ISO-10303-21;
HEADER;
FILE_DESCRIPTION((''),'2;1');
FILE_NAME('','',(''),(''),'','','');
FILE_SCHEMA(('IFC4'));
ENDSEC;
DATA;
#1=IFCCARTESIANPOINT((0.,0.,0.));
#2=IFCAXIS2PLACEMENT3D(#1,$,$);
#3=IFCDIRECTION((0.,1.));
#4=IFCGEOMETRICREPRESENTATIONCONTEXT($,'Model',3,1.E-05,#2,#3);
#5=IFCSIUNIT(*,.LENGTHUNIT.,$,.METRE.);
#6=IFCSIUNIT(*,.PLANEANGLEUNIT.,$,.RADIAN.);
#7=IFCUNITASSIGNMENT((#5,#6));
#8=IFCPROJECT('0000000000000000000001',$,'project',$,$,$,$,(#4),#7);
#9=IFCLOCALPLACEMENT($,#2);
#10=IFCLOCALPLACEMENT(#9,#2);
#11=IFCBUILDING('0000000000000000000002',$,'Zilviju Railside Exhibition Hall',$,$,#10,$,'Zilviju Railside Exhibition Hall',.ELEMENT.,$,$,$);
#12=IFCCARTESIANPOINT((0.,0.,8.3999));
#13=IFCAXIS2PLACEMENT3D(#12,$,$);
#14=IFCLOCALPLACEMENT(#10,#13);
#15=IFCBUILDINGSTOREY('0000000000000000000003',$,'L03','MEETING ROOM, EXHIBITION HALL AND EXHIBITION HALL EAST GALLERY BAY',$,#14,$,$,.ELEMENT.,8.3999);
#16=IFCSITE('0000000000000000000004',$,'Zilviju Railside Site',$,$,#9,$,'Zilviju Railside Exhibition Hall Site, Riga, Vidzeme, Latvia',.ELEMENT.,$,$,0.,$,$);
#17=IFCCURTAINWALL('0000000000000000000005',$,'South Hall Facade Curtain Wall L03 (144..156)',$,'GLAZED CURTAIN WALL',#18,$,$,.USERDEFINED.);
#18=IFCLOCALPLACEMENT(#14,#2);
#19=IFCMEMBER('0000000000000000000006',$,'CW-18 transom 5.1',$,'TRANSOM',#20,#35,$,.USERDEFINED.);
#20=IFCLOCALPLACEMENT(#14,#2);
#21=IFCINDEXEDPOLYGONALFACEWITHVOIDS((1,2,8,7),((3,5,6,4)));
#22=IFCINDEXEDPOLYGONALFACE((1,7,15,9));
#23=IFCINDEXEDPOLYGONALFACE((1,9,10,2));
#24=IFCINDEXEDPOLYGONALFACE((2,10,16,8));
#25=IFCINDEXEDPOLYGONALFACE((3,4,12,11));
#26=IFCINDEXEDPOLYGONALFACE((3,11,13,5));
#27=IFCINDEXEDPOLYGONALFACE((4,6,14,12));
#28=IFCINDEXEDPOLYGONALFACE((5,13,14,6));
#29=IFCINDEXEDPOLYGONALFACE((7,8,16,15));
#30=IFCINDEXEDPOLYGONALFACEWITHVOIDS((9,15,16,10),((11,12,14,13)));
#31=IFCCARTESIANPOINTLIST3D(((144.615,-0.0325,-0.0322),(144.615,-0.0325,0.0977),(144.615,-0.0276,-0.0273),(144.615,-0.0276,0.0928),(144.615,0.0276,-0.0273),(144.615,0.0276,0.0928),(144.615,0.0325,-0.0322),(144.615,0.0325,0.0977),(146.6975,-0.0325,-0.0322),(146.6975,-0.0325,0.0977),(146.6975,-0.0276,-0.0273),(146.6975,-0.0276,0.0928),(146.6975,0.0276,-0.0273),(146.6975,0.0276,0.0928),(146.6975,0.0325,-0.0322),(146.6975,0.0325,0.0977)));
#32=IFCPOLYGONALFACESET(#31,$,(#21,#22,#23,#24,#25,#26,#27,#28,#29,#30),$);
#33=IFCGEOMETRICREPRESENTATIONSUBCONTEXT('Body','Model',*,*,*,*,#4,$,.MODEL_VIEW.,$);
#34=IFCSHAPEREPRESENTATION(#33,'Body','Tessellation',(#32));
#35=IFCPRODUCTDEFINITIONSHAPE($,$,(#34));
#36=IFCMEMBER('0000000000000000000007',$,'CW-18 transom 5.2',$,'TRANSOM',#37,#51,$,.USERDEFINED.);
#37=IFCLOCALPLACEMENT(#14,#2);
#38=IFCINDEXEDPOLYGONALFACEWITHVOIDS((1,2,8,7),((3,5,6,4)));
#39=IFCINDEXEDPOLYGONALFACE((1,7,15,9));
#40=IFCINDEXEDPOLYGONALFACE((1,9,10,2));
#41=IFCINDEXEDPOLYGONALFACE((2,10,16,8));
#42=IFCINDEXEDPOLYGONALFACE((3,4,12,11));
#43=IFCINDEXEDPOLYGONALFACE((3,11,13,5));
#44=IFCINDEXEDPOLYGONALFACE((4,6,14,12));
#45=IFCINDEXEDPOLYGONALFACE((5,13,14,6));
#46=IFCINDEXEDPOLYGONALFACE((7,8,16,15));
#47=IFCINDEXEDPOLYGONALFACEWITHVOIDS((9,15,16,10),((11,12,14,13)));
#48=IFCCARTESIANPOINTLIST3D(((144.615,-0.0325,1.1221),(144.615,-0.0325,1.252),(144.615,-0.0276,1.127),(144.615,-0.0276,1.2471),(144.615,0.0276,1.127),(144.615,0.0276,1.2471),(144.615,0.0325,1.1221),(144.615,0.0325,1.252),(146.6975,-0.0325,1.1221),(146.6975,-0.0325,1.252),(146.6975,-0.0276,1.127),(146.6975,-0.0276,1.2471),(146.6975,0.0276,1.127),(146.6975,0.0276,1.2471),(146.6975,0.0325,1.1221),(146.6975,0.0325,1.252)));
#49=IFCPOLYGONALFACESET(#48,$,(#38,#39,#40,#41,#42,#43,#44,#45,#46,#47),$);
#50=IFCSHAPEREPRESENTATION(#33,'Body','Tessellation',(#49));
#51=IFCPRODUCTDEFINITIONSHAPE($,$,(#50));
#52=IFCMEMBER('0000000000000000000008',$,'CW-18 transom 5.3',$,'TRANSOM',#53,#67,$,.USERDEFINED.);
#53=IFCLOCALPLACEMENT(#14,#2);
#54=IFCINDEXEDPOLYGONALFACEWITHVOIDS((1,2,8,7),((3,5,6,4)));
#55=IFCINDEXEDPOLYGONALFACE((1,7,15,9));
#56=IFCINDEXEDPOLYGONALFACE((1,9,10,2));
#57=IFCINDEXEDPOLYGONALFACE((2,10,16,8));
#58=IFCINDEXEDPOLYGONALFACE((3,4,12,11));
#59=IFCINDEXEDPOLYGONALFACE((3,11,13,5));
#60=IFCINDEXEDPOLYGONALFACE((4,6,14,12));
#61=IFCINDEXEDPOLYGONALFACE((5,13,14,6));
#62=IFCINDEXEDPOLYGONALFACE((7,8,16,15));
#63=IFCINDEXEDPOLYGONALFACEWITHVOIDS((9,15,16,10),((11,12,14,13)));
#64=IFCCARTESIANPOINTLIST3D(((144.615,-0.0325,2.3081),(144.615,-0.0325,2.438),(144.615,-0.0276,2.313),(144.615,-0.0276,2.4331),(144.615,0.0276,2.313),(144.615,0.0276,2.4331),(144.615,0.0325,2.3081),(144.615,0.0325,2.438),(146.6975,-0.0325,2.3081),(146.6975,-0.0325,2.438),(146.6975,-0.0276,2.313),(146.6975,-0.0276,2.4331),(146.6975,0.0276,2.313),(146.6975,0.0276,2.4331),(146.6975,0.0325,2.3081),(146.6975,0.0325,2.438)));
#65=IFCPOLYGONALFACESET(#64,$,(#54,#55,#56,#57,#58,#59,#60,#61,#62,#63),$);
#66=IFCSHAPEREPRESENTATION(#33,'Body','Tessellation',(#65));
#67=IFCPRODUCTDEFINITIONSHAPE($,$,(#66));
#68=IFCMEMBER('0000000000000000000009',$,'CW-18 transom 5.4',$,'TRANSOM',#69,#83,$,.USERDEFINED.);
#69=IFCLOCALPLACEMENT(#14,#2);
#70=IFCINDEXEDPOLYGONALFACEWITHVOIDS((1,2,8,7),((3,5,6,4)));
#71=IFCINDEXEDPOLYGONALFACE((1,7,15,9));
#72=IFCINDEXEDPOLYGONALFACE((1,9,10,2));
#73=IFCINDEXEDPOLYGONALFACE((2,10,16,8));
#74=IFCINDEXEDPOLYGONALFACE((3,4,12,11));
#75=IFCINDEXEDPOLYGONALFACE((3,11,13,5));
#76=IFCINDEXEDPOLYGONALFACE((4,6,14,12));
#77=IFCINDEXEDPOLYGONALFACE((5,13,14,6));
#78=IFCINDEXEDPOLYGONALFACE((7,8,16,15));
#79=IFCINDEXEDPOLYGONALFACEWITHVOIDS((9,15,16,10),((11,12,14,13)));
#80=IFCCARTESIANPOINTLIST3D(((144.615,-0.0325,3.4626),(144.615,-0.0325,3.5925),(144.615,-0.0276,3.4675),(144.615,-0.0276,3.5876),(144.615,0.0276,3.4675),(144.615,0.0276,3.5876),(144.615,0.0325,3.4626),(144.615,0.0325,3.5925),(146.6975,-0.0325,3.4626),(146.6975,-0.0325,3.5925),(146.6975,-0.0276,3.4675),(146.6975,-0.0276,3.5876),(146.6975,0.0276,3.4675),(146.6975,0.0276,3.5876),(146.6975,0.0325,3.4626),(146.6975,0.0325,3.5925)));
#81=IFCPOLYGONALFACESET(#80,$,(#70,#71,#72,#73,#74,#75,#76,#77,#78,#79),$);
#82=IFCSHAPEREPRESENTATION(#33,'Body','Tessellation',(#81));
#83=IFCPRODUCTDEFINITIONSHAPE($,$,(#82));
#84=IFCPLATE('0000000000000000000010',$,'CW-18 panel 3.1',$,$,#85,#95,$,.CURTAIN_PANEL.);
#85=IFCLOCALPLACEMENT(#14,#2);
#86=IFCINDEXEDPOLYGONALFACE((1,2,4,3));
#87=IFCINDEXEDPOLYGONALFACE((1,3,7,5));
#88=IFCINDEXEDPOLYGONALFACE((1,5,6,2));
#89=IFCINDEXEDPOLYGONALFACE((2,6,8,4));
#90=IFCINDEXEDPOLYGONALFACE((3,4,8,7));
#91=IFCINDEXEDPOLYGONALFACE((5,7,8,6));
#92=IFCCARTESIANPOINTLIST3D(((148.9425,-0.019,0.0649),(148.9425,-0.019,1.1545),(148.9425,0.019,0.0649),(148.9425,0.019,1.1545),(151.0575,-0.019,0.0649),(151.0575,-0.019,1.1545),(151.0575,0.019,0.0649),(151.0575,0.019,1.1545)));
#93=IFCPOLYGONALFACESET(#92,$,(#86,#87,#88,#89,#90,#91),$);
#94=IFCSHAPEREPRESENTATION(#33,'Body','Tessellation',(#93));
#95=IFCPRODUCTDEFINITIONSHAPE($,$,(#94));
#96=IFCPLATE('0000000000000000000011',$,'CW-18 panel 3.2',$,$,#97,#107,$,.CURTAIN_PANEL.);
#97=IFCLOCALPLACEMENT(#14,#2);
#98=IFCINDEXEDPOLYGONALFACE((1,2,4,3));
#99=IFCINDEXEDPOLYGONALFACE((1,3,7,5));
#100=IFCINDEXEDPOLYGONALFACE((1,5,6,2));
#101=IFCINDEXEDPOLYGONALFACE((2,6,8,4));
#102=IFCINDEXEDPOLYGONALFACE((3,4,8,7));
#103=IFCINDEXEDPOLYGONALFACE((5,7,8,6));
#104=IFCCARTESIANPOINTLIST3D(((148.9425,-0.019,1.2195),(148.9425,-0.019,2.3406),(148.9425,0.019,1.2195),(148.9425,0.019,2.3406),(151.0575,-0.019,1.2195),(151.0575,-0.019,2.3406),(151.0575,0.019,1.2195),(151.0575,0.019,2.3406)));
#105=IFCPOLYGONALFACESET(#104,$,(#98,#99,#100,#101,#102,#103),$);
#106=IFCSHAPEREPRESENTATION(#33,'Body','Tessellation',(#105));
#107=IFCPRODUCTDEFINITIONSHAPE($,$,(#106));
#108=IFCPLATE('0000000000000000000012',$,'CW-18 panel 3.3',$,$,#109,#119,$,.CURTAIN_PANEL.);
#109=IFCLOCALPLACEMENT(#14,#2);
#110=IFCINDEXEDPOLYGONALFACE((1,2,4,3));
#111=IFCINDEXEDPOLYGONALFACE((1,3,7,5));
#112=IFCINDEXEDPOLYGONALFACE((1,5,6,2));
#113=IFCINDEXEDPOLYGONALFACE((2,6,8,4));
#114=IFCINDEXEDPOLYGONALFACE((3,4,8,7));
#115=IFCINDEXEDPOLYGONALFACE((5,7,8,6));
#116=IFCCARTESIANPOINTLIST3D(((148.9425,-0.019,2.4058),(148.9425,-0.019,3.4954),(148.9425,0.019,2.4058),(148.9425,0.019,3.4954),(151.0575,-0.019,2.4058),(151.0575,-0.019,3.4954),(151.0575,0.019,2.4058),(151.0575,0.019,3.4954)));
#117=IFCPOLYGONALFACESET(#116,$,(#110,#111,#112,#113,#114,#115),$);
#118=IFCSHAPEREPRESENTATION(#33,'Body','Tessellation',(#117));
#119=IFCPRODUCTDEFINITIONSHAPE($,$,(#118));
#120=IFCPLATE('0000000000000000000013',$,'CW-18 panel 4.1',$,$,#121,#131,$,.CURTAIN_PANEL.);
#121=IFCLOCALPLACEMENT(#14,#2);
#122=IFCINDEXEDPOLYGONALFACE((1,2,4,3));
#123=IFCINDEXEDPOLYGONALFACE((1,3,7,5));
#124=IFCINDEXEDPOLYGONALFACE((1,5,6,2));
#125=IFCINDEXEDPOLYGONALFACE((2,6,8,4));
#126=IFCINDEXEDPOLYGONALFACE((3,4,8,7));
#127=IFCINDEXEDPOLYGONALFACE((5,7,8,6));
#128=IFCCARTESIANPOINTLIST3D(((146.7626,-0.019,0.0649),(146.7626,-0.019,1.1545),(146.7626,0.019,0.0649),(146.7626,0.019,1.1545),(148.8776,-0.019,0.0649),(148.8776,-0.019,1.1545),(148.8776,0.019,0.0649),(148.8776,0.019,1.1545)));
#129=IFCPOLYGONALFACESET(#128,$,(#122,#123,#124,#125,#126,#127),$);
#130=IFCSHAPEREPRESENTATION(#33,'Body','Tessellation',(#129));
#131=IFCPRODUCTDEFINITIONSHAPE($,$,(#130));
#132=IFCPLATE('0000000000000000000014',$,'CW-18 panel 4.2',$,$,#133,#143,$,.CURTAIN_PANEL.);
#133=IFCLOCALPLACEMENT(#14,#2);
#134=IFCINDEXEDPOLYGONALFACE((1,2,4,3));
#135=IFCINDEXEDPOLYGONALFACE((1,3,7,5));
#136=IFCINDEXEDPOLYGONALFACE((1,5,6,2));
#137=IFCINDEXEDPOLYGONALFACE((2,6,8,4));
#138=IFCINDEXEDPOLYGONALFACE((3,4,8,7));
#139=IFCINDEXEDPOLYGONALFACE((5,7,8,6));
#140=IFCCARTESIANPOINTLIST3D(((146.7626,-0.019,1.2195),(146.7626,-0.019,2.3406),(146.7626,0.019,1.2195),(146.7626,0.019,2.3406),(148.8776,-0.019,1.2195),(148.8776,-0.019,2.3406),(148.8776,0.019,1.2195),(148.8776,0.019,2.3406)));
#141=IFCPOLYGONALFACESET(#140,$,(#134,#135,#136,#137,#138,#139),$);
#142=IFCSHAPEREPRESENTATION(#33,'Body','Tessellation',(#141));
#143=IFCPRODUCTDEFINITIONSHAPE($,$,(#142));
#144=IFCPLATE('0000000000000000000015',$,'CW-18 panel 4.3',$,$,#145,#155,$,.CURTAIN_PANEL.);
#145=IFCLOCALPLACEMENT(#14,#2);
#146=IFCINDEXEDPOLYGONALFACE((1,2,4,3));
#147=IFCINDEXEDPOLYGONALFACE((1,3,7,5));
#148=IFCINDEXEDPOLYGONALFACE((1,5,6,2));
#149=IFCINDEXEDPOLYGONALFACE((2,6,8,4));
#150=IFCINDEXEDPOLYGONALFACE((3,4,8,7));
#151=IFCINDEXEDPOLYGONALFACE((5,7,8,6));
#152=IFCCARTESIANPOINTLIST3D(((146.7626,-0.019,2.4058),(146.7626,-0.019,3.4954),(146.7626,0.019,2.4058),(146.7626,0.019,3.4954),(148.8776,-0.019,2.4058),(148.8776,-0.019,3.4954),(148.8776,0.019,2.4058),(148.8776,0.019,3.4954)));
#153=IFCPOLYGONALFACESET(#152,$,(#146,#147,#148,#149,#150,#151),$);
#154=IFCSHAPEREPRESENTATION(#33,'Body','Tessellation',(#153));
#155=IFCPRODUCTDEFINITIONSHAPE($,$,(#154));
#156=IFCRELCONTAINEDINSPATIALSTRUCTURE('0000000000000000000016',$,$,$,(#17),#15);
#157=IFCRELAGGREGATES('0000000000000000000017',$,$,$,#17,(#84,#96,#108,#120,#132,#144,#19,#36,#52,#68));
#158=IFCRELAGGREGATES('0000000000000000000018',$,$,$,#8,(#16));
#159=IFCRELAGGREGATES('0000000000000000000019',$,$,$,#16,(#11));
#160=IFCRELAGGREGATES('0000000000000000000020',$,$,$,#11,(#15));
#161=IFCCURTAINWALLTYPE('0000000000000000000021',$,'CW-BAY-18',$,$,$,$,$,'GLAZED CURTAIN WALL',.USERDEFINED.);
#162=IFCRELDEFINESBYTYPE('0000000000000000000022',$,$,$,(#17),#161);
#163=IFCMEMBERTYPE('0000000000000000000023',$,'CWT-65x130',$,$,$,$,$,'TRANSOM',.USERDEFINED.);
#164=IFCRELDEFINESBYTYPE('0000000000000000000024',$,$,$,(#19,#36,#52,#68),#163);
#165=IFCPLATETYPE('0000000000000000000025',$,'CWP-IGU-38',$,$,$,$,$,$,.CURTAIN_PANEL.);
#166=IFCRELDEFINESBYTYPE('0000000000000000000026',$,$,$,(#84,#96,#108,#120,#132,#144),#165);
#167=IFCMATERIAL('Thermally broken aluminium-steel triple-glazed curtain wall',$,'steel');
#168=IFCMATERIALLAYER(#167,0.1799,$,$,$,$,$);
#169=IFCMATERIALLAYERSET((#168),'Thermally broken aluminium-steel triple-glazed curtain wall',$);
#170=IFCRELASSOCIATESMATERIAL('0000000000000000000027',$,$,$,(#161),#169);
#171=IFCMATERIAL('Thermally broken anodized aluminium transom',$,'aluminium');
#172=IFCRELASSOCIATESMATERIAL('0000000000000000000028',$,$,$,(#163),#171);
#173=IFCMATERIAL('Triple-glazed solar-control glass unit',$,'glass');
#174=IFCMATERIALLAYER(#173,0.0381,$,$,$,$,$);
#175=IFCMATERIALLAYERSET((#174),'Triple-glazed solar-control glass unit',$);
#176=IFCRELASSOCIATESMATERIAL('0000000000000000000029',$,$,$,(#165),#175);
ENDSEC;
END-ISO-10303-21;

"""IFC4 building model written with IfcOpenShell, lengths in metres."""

from ifc_helpers import new_model, si_unit, direction, frame, origin, origin_2d, place, context, subcontext, project, spatial, rectangle, hollow_rectangle, extrude, material, layer, layer_set, material_profile, profile_set, type_object, element, aggregate, save


model = new_model("IFC4")

# Units and contexts
model_context = context("Model", 3, precision=1e-05, world=origin(), true_north=direction((0.0, 1.0)))
body_context = subcontext(model_context, "Body", "Model", "MODEL_VIEW")
ifc_project = project(units=[si_unit("LENGTHUNIT", "METRE"), si_unit("PLANEANGLEUNIT", "RADIAN")], contexts=[model_context])

# Site, building, storey
site_placement = place(None, origin())
site = spatial("IfcSite", under=ifc_project, at=site_placement, Name="Zilviju Railside Site", LongName="Zilviju Railside Exhibition Hall Site, Riga, Vidzeme, Latvia", CompositionType="ELEMENT", RefElevation=0.0)
building_placement = place(site_placement, origin())
building = spatial("IfcBuilding", under=site, at=building_placement, Name="Zilviju Railside Exhibition Hall", LongName="Zilviju Railside Exhibition Hall", CompositionType="ELEMENT")
storey_placement = place(building_placement, frame((0.0, 0.0, 8.3999)))
storey = spatial("IfcBuildingStorey", under=building, at=storey_placement, Name="L03", Description="MEETING ROOM, EXHIBITION HALL AND EXHIBITION HALL EAST GALLERY BAY", CompositionType="ELEMENT", Elevation=8.3999)

# Curtain wall, members, plates
ifc_material_1 = material(Name="Thermally broken aluminium-steel triple-glazed curtain wall", Category="steel")
ifc_layer_1 = layer(ifc_material_1, 0.1799)
ifc_layer_set_1 = layer_set([ifc_layer_1], Name="Thermally broken aluminium-steel triple-glazed curtain wall")
curtain_wall_type = type_object("IfcCurtainWallType", Name="CW-BAY-18", ElementType="GLAZED CURTAIN WALL", PredefinedType="USERDEFINED", material=ifc_layer_set_1)
curtain_wall_placement = place(storey_placement, origin())
curtain_wall = element("IfcCurtainWall", 1, at=curtain_wall_placement, inside=storey, type_object=curtain_wall_type, Name="South Hall Facade Curtain Wall L03 (144..156)", ObjectType="GLAZED CURTAIN WALL", PredefinedType="USERDEFINED")
ifc_material_2 = material(Name="Thermally broken anodized aluminium transom", Category="aluminium")
ifc_material_profile_1 = material_profile(ifc_material_2, hollow_rectangle(XDim=0.0649, YDim=0.1299, WallThickness=0.0049, at=origin_2d()), Name="TRANSOM 130x65x5")
ifc_profile_set_1 = profile_set([ifc_material_profile_1], Name="Thermally broken anodized aluminium transom")
member_type_1 = type_object("IfcMemberType", Name="CWT-65x130", ElementType="TRANSOM", PredefinedType="USERDEFINED", material=ifc_profile_set_1)
member_1_placement = place(storey_placement, frame((146.6975, 0.0, 0.0327), z_axis=(-1.0, 0.0, 0.0), x_axis=(0.0, -1.0, 0.0)))
member_1 = element("IfcMember", 2, at=member_1_placement, type_object=member_type_1, Name="CW-18 transom 5.1", ObjectType="TRANSOM", PredefinedType="USERDEFINED", context=body_context, shape_type="SweptSolid", body=[
    extrude(hollow_rectangle(XDim=0.0649, YDim=0.1299, WallThickness=0.0049, at=origin_2d()), origin(), (0.0, 0.0, 1.0), 2.0825),
])
member_2_placement = place(storey_placement, frame((146.6975, 0.0, 1.187), z_axis=(-1.0, 0.0, 0.0), x_axis=(0.0, -1.0, 0.0)))
member_2 = element("IfcMember", 3, at=member_2_placement, type_object=member_type_1, Name="CW-18 transom 5.2", ObjectType="TRANSOM", PredefinedType="USERDEFINED", context=body_context, shape_type="SweptSolid", body=[
    extrude(hollow_rectangle(XDim=0.0649, YDim=0.1299, WallThickness=0.0049, at=origin_2d()), origin(), (0.0, 0.0, 1.0), 2.0825),
])
member_3_placement = place(storey_placement, frame((146.6975, 0.0, 2.373), z_axis=(-1.0, 0.0, 0.0), x_axis=(0.0, -1.0, 0.0)))
member_3 = element("IfcMember", 4, at=member_3_placement, type_object=member_type_1, Name="CW-18 transom 5.3", ObjectType="TRANSOM", PredefinedType="USERDEFINED", context=body_context, shape_type="SweptSolid", body=[
    extrude(hollow_rectangle(XDim=0.0649, YDim=0.1299, WallThickness=0.0049, at=origin_2d()), origin(), (0.0, 0.0, 1.0), 2.0825),
])
member_4_placement = place(storey_placement, frame((146.6975, 0.0, 3.5276), z_axis=(-1.0, 0.0, 0.0), x_axis=(0.0, -1.0, 0.0)))
member_4 = element("IfcMember", 5, at=member_4_placement, type_object=member_type_1, Name="CW-18 transom 5.4", ObjectType="TRANSOM", PredefinedType="USERDEFINED", context=body_context, shape_type="SweptSolid", body=[
    extrude(hollow_rectangle(XDim=0.0649, YDim=0.1299, WallThickness=0.0049, at=origin_2d()), origin(), (0.0, 0.0, 1.0), 2.0825),
])
ifc_material_3 = material(Name="Triple-glazed solar-control glass unit", Category="glass")
ifc_layer_2 = layer(ifc_material_3, 0.0381)
ifc_layer_set_2 = layer_set([ifc_layer_2], Name="Triple-glazed solar-control glass unit")
plate_type = type_object("IfcPlateType", Name="CWP-IGU-38", PredefinedType="CURTAIN_PANEL", material=ifc_layer_set_2)
plate_1_placement = place(storey_placement, frame((150.0, 0.0, 0.0649), z_axis=(0.0, 0.0, 1.0), x_axis=(-1.0, 0.0, 0.0)))
plate_1 = element("IfcPlate", 6, at=plate_1_placement, type_object=plate_type, Name="CW-18 panel 3.1", PredefinedType="CURTAIN_PANEL", context=body_context, shape_type="SweptSolid", body=[
    extrude(rectangle(XDim=2.115, YDim=0.0381, at=origin_2d()), origin(), (0.0, 0.0, 1.0), 1.0896),
])
plate_2_placement = place(storey_placement, frame((150.0, 0.0, 1.2195), z_axis=(0.0, 0.0, 1.0), x_axis=(-1.0, 0.0, 0.0)))
plate_2 = element("IfcPlate", 7, at=plate_2_placement, type_object=plate_type, Name="CW-18 panel 3.2", PredefinedType="CURTAIN_PANEL", context=body_context, shape_type="SweptSolid", body=[
    extrude(rectangle(XDim=2.115, YDim=0.0381, at=origin_2d()), origin(), (0.0, 0.0, 1.0), 1.1211),
])
plate_3_placement = place(storey_placement, frame((150.0, 0.0, 2.4058), z_axis=(0.0, 0.0, 1.0), x_axis=(-1.0, 0.0, 0.0)))
plate_3 = element("IfcPlate", 8, at=plate_3_placement, type_object=plate_type, Name="CW-18 panel 3.3", PredefinedType="CURTAIN_PANEL", context=body_context, shape_type="SweptSolid", body=[
    extrude(rectangle(XDim=2.115, YDim=0.0381, at=origin_2d()), origin(), (0.0, 0.0, 1.0), 1.0896),
])
plate_4_placement = place(storey_placement, frame((147.8201, 0.0, 0.0649), z_axis=(0.0, 0.0, 1.0), x_axis=(-1.0, 0.0, 0.0)))
plate_4 = element("IfcPlate", 9, at=plate_4_placement, type_object=plate_type, Name="CW-18 panel 4.1", PredefinedType="CURTAIN_PANEL", context=body_context, shape_type="SweptSolid", body=[
    extrude(rectangle(XDim=2.115, YDim=0.0381, at=origin_2d()), origin(), (0.0, 0.0, 1.0), 1.0896),
])
plate_5_placement = place(storey_placement, frame((147.8201, 0.0, 1.2195), z_axis=(0.0, 0.0, 1.0), x_axis=(-1.0, 0.0, 0.0)))
plate_5 = element("IfcPlate", 10, at=plate_5_placement, type_object=plate_type, Name="CW-18 panel 4.2", PredefinedType="CURTAIN_PANEL", context=body_context, shape_type="SweptSolid", body=[
    extrude(rectangle(XDim=2.115, YDim=0.0381, at=origin_2d()), origin(), (0.0, 0.0, 1.0), 1.1211),
])
plate_6_placement = place(storey_placement, frame((147.8201, 0.0, 2.4058), z_axis=(0.0, 0.0, 1.0), x_axis=(-1.0, 0.0, 0.0)))
plate_6 = element("IfcPlate", 11, at=plate_6_placement, type_object=plate_type, Name="CW-18 panel 4.3", PredefinedType="CURTAIN_PANEL", context=body_context, shape_type="SweptSolid", body=[
    extrude(rectangle(XDim=2.115, YDim=0.0381, at=origin_2d()), origin(), (0.0, 0.0, 1.0), 1.0896),
])
aggregate(curtain_wall, [plate_1, plate_2, plate_3, plate_4, plate_5, plate_6, member_1, member_2, member_3, member_4])

save(model, "model.ifc")
